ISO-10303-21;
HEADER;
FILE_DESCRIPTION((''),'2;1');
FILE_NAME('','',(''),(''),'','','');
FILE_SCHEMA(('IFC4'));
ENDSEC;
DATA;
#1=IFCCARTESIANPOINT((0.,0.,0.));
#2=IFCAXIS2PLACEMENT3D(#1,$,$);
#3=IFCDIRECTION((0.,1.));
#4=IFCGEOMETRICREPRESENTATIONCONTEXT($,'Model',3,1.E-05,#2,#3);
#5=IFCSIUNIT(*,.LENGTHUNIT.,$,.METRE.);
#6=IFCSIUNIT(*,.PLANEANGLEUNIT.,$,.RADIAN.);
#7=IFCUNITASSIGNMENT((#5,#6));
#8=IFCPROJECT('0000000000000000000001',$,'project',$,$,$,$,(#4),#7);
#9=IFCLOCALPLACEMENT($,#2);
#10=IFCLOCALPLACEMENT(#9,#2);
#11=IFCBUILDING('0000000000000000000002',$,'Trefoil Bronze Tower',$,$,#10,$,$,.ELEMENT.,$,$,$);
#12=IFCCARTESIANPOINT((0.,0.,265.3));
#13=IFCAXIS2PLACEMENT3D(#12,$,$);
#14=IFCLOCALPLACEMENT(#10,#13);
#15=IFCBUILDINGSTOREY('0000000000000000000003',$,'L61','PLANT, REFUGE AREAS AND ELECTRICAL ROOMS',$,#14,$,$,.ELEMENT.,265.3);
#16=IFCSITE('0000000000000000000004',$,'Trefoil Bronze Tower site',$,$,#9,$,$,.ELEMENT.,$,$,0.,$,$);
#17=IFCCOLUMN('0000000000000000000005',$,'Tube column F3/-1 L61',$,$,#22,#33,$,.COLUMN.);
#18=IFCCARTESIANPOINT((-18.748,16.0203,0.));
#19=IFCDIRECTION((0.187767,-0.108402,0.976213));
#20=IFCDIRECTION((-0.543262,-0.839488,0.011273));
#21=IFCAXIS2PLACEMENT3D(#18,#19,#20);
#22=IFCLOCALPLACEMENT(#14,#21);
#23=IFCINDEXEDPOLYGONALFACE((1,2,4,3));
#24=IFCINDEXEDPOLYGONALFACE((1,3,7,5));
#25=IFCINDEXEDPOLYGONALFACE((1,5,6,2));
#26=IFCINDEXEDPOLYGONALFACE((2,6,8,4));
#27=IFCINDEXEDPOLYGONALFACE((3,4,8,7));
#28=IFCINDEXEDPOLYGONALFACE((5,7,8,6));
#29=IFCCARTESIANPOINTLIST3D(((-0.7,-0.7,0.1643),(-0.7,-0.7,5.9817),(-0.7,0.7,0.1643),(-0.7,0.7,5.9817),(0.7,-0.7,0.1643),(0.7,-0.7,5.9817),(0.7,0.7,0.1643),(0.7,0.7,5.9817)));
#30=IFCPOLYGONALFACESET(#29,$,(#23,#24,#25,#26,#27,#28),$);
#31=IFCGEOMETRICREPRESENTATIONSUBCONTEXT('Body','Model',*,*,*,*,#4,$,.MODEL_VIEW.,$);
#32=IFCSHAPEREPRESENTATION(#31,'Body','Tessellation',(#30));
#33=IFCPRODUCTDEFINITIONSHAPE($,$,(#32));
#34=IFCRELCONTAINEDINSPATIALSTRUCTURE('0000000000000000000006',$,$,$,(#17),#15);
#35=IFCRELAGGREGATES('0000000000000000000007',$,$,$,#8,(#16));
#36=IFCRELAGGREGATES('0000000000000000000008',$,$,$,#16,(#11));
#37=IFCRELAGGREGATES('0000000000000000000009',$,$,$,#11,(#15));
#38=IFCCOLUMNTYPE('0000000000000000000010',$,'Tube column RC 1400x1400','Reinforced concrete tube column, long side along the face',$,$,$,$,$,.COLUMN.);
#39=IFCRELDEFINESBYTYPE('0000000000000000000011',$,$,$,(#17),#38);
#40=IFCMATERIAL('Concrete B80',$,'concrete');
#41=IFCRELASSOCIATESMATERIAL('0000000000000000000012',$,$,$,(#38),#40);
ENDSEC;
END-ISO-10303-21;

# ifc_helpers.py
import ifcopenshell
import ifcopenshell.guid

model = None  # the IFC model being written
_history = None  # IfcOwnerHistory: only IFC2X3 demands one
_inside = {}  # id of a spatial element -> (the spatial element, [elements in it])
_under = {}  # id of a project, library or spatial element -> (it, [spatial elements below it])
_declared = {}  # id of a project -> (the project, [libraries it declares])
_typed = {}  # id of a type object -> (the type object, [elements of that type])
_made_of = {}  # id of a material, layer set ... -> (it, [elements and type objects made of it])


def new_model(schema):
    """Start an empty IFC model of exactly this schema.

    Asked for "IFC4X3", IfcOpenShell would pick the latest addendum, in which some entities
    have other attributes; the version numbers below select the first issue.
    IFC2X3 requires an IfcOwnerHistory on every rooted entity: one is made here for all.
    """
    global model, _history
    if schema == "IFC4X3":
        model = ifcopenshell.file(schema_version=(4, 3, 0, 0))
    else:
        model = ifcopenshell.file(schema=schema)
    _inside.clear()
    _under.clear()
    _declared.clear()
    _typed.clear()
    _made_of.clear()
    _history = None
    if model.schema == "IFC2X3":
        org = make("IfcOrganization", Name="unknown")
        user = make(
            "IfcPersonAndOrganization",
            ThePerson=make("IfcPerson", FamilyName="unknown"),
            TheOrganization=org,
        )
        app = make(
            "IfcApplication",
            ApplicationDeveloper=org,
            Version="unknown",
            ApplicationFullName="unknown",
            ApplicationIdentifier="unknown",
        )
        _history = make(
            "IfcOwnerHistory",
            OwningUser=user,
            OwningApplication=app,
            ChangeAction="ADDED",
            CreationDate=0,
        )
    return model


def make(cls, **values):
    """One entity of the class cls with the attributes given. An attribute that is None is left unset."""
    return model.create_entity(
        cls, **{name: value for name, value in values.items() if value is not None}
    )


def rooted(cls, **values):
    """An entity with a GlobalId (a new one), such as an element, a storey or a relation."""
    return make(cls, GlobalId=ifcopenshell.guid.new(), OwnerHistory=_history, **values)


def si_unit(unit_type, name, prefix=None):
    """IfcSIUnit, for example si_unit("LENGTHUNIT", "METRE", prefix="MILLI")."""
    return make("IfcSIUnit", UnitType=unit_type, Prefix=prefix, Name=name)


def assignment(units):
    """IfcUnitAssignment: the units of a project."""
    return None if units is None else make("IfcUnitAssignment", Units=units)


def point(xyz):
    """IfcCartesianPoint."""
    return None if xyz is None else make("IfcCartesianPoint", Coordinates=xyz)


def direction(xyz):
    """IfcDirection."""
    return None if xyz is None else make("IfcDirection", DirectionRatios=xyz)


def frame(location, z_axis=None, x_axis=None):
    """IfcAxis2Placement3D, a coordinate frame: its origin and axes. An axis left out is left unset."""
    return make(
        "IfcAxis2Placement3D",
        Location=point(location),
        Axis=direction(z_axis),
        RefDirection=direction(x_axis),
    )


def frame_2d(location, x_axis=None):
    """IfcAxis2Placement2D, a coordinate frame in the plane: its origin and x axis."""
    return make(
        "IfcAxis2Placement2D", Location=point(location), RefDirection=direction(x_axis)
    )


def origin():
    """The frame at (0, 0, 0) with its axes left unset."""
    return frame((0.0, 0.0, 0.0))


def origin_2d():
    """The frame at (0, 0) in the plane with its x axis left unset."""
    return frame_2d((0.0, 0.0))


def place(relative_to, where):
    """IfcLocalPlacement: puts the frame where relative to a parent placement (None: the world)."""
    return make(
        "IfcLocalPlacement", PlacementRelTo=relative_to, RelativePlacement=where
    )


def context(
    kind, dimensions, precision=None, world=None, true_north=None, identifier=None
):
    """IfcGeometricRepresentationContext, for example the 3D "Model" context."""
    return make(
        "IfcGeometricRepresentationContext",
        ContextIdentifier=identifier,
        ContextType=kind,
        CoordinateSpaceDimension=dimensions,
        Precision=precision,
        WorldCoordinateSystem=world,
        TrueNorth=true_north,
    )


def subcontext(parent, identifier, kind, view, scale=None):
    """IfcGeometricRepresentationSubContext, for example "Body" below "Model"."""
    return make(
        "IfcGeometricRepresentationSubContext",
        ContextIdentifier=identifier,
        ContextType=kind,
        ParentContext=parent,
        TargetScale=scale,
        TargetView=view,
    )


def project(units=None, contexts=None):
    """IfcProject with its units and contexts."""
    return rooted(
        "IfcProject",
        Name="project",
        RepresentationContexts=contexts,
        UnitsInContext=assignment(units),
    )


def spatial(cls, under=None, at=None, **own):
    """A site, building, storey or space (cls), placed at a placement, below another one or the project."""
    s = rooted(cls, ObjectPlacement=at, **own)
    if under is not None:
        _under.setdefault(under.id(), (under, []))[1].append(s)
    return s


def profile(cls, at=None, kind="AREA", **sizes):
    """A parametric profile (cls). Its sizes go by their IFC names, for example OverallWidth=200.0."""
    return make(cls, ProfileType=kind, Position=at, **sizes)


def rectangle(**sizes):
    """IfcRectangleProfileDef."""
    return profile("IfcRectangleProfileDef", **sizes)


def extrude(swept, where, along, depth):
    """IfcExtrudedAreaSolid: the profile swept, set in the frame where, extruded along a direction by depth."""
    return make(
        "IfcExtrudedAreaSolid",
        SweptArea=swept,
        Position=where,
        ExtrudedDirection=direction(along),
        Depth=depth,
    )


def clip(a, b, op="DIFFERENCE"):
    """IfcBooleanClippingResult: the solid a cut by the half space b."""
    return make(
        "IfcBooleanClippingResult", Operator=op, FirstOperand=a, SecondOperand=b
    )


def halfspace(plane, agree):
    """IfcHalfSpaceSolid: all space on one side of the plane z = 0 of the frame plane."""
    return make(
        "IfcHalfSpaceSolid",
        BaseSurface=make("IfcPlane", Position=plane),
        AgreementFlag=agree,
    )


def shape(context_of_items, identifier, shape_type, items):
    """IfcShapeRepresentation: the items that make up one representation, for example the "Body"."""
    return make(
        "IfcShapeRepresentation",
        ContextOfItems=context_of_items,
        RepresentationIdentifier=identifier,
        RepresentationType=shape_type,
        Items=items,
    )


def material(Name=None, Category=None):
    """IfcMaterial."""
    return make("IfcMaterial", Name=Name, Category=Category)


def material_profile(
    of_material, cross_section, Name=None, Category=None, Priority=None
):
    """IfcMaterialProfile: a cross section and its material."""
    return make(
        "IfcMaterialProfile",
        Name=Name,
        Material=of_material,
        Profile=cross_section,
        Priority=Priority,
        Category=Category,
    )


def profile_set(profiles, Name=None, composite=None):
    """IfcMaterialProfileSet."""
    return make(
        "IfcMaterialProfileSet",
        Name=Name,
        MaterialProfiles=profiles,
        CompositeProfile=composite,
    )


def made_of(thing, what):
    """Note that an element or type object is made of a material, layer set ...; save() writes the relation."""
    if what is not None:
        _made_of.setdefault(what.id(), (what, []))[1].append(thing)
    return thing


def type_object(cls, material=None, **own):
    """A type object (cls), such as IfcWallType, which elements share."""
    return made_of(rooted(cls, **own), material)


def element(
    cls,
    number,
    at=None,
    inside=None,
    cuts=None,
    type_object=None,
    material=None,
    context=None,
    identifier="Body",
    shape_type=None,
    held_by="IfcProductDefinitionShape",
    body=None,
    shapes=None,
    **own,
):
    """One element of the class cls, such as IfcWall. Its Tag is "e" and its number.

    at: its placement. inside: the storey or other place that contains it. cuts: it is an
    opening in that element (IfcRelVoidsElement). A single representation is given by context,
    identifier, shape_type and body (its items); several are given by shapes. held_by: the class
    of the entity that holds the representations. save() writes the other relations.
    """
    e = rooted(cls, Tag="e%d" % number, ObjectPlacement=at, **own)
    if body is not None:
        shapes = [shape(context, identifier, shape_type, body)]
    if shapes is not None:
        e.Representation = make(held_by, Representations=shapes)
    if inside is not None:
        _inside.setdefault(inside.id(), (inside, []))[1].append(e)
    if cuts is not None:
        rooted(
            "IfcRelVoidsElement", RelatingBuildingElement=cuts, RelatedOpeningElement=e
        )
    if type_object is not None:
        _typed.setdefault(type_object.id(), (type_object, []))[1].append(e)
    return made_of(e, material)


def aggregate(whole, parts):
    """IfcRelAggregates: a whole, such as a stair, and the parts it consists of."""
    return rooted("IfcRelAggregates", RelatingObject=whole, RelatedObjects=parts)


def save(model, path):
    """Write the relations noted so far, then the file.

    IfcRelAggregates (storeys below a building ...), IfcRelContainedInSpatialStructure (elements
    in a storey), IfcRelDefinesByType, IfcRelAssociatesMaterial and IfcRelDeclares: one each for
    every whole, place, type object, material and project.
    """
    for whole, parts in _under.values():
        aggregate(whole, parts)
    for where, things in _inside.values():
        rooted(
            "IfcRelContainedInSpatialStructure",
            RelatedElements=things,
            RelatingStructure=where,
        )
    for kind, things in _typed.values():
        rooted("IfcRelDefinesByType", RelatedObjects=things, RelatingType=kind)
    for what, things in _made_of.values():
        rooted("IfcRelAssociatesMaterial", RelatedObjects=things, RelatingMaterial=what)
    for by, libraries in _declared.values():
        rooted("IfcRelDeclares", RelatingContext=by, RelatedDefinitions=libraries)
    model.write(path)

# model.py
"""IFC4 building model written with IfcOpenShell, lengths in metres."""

from ifc_helpers import new_model, si_unit, direction, frame, origin, origin_2d, place, context, subcontext, project, spatial, rectangle, extrude, clip, halfspace, material, material_profile, profile_set, type_object, element, save


model = new_model("IFC4")

# Units and contexts
model_context = context("Model", 3, precision=1e-05, world=origin(), true_north=direction((0.0, 1.0)))
body_context = subcontext(model_context, "Body", "Model", "MODEL_VIEW")
ifc_project = project(units=[si_unit("LENGTHUNIT", "METRE"), si_unit("PLANEANGLEUNIT", "RADIAN")], contexts=[model_context])

# Site, building, storey
site_placement = place(None, origin())
site = spatial("IfcSite", under=ifc_project, at=site_placement, Name="Trefoil Bronze Tower site", CompositionType="ELEMENT", RefElevation=0.0)
building_placement = place(site_placement, origin())
building = spatial("IfcBuilding", under=site, at=building_placement, Name="Trefoil Bronze Tower", CompositionType="ELEMENT")
storey_placement = place(building_placement, frame((0.0, 0.0, 265.3)))
storey = spatial("IfcBuildingStorey", under=building, at=storey_placement, Name="L61", Description="PLANT, REFUGE AREAS AND ELECTRICAL ROOMS", CompositionType="ELEMENT", Elevation=265.3)

# Column
ifc_material_1 = material(Name="Concrete B80", Category="concrete")
ifc_material_profile_1 = material_profile(ifc_material_1, rectangle(XDim=1.3999, YDim=1.3999, at=origin_2d()), Name="RC 1400x1400")
ifc_profile_set_1 = profile_set([ifc_material_profile_1], Name="Concrete B80")
column_type = type_object("IfcColumnType", Name="Tube column RC 1400x1400", Description="Reinforced concrete tube column, long side along the face", PredefinedType="COLUMN", material=ifc_profile_set_1)
column_placement = place(storey_placement, frame((-18.748, 16.0203, 0.0), z_axis=(0.187767, -0.108402, 0.976213), x_axis=(-0.543262, -0.839488, 0.011273)))
element("IfcColumn", 1, at=column_placement, inside=storey, type_object=column_type, Name="Tube column F3/-1 L61", PredefinedType="COLUMN", context=body_context, shape_type="Clipping", body=[
    clip(clip(extrude(rectangle(XDim=1.3999, YDim=1.3999, at=origin_2d()), origin(), (0.0, 0.0, 1.0), 6.1462), halfspace(frame((0.0, 0.0, 0.1643), z_axis=(0.000005, -0.000009, 1.0), x_axis=(0.0, 1.0, 0.000009)), True)), halfspace(frame((0.0, 0.0, 5.9817), z_axis=(-0.000005, 0.000009, -1.0), x_axis=(0.0, -1.0, -0.000009)), True)),
])

save(model, "model.ifc")
